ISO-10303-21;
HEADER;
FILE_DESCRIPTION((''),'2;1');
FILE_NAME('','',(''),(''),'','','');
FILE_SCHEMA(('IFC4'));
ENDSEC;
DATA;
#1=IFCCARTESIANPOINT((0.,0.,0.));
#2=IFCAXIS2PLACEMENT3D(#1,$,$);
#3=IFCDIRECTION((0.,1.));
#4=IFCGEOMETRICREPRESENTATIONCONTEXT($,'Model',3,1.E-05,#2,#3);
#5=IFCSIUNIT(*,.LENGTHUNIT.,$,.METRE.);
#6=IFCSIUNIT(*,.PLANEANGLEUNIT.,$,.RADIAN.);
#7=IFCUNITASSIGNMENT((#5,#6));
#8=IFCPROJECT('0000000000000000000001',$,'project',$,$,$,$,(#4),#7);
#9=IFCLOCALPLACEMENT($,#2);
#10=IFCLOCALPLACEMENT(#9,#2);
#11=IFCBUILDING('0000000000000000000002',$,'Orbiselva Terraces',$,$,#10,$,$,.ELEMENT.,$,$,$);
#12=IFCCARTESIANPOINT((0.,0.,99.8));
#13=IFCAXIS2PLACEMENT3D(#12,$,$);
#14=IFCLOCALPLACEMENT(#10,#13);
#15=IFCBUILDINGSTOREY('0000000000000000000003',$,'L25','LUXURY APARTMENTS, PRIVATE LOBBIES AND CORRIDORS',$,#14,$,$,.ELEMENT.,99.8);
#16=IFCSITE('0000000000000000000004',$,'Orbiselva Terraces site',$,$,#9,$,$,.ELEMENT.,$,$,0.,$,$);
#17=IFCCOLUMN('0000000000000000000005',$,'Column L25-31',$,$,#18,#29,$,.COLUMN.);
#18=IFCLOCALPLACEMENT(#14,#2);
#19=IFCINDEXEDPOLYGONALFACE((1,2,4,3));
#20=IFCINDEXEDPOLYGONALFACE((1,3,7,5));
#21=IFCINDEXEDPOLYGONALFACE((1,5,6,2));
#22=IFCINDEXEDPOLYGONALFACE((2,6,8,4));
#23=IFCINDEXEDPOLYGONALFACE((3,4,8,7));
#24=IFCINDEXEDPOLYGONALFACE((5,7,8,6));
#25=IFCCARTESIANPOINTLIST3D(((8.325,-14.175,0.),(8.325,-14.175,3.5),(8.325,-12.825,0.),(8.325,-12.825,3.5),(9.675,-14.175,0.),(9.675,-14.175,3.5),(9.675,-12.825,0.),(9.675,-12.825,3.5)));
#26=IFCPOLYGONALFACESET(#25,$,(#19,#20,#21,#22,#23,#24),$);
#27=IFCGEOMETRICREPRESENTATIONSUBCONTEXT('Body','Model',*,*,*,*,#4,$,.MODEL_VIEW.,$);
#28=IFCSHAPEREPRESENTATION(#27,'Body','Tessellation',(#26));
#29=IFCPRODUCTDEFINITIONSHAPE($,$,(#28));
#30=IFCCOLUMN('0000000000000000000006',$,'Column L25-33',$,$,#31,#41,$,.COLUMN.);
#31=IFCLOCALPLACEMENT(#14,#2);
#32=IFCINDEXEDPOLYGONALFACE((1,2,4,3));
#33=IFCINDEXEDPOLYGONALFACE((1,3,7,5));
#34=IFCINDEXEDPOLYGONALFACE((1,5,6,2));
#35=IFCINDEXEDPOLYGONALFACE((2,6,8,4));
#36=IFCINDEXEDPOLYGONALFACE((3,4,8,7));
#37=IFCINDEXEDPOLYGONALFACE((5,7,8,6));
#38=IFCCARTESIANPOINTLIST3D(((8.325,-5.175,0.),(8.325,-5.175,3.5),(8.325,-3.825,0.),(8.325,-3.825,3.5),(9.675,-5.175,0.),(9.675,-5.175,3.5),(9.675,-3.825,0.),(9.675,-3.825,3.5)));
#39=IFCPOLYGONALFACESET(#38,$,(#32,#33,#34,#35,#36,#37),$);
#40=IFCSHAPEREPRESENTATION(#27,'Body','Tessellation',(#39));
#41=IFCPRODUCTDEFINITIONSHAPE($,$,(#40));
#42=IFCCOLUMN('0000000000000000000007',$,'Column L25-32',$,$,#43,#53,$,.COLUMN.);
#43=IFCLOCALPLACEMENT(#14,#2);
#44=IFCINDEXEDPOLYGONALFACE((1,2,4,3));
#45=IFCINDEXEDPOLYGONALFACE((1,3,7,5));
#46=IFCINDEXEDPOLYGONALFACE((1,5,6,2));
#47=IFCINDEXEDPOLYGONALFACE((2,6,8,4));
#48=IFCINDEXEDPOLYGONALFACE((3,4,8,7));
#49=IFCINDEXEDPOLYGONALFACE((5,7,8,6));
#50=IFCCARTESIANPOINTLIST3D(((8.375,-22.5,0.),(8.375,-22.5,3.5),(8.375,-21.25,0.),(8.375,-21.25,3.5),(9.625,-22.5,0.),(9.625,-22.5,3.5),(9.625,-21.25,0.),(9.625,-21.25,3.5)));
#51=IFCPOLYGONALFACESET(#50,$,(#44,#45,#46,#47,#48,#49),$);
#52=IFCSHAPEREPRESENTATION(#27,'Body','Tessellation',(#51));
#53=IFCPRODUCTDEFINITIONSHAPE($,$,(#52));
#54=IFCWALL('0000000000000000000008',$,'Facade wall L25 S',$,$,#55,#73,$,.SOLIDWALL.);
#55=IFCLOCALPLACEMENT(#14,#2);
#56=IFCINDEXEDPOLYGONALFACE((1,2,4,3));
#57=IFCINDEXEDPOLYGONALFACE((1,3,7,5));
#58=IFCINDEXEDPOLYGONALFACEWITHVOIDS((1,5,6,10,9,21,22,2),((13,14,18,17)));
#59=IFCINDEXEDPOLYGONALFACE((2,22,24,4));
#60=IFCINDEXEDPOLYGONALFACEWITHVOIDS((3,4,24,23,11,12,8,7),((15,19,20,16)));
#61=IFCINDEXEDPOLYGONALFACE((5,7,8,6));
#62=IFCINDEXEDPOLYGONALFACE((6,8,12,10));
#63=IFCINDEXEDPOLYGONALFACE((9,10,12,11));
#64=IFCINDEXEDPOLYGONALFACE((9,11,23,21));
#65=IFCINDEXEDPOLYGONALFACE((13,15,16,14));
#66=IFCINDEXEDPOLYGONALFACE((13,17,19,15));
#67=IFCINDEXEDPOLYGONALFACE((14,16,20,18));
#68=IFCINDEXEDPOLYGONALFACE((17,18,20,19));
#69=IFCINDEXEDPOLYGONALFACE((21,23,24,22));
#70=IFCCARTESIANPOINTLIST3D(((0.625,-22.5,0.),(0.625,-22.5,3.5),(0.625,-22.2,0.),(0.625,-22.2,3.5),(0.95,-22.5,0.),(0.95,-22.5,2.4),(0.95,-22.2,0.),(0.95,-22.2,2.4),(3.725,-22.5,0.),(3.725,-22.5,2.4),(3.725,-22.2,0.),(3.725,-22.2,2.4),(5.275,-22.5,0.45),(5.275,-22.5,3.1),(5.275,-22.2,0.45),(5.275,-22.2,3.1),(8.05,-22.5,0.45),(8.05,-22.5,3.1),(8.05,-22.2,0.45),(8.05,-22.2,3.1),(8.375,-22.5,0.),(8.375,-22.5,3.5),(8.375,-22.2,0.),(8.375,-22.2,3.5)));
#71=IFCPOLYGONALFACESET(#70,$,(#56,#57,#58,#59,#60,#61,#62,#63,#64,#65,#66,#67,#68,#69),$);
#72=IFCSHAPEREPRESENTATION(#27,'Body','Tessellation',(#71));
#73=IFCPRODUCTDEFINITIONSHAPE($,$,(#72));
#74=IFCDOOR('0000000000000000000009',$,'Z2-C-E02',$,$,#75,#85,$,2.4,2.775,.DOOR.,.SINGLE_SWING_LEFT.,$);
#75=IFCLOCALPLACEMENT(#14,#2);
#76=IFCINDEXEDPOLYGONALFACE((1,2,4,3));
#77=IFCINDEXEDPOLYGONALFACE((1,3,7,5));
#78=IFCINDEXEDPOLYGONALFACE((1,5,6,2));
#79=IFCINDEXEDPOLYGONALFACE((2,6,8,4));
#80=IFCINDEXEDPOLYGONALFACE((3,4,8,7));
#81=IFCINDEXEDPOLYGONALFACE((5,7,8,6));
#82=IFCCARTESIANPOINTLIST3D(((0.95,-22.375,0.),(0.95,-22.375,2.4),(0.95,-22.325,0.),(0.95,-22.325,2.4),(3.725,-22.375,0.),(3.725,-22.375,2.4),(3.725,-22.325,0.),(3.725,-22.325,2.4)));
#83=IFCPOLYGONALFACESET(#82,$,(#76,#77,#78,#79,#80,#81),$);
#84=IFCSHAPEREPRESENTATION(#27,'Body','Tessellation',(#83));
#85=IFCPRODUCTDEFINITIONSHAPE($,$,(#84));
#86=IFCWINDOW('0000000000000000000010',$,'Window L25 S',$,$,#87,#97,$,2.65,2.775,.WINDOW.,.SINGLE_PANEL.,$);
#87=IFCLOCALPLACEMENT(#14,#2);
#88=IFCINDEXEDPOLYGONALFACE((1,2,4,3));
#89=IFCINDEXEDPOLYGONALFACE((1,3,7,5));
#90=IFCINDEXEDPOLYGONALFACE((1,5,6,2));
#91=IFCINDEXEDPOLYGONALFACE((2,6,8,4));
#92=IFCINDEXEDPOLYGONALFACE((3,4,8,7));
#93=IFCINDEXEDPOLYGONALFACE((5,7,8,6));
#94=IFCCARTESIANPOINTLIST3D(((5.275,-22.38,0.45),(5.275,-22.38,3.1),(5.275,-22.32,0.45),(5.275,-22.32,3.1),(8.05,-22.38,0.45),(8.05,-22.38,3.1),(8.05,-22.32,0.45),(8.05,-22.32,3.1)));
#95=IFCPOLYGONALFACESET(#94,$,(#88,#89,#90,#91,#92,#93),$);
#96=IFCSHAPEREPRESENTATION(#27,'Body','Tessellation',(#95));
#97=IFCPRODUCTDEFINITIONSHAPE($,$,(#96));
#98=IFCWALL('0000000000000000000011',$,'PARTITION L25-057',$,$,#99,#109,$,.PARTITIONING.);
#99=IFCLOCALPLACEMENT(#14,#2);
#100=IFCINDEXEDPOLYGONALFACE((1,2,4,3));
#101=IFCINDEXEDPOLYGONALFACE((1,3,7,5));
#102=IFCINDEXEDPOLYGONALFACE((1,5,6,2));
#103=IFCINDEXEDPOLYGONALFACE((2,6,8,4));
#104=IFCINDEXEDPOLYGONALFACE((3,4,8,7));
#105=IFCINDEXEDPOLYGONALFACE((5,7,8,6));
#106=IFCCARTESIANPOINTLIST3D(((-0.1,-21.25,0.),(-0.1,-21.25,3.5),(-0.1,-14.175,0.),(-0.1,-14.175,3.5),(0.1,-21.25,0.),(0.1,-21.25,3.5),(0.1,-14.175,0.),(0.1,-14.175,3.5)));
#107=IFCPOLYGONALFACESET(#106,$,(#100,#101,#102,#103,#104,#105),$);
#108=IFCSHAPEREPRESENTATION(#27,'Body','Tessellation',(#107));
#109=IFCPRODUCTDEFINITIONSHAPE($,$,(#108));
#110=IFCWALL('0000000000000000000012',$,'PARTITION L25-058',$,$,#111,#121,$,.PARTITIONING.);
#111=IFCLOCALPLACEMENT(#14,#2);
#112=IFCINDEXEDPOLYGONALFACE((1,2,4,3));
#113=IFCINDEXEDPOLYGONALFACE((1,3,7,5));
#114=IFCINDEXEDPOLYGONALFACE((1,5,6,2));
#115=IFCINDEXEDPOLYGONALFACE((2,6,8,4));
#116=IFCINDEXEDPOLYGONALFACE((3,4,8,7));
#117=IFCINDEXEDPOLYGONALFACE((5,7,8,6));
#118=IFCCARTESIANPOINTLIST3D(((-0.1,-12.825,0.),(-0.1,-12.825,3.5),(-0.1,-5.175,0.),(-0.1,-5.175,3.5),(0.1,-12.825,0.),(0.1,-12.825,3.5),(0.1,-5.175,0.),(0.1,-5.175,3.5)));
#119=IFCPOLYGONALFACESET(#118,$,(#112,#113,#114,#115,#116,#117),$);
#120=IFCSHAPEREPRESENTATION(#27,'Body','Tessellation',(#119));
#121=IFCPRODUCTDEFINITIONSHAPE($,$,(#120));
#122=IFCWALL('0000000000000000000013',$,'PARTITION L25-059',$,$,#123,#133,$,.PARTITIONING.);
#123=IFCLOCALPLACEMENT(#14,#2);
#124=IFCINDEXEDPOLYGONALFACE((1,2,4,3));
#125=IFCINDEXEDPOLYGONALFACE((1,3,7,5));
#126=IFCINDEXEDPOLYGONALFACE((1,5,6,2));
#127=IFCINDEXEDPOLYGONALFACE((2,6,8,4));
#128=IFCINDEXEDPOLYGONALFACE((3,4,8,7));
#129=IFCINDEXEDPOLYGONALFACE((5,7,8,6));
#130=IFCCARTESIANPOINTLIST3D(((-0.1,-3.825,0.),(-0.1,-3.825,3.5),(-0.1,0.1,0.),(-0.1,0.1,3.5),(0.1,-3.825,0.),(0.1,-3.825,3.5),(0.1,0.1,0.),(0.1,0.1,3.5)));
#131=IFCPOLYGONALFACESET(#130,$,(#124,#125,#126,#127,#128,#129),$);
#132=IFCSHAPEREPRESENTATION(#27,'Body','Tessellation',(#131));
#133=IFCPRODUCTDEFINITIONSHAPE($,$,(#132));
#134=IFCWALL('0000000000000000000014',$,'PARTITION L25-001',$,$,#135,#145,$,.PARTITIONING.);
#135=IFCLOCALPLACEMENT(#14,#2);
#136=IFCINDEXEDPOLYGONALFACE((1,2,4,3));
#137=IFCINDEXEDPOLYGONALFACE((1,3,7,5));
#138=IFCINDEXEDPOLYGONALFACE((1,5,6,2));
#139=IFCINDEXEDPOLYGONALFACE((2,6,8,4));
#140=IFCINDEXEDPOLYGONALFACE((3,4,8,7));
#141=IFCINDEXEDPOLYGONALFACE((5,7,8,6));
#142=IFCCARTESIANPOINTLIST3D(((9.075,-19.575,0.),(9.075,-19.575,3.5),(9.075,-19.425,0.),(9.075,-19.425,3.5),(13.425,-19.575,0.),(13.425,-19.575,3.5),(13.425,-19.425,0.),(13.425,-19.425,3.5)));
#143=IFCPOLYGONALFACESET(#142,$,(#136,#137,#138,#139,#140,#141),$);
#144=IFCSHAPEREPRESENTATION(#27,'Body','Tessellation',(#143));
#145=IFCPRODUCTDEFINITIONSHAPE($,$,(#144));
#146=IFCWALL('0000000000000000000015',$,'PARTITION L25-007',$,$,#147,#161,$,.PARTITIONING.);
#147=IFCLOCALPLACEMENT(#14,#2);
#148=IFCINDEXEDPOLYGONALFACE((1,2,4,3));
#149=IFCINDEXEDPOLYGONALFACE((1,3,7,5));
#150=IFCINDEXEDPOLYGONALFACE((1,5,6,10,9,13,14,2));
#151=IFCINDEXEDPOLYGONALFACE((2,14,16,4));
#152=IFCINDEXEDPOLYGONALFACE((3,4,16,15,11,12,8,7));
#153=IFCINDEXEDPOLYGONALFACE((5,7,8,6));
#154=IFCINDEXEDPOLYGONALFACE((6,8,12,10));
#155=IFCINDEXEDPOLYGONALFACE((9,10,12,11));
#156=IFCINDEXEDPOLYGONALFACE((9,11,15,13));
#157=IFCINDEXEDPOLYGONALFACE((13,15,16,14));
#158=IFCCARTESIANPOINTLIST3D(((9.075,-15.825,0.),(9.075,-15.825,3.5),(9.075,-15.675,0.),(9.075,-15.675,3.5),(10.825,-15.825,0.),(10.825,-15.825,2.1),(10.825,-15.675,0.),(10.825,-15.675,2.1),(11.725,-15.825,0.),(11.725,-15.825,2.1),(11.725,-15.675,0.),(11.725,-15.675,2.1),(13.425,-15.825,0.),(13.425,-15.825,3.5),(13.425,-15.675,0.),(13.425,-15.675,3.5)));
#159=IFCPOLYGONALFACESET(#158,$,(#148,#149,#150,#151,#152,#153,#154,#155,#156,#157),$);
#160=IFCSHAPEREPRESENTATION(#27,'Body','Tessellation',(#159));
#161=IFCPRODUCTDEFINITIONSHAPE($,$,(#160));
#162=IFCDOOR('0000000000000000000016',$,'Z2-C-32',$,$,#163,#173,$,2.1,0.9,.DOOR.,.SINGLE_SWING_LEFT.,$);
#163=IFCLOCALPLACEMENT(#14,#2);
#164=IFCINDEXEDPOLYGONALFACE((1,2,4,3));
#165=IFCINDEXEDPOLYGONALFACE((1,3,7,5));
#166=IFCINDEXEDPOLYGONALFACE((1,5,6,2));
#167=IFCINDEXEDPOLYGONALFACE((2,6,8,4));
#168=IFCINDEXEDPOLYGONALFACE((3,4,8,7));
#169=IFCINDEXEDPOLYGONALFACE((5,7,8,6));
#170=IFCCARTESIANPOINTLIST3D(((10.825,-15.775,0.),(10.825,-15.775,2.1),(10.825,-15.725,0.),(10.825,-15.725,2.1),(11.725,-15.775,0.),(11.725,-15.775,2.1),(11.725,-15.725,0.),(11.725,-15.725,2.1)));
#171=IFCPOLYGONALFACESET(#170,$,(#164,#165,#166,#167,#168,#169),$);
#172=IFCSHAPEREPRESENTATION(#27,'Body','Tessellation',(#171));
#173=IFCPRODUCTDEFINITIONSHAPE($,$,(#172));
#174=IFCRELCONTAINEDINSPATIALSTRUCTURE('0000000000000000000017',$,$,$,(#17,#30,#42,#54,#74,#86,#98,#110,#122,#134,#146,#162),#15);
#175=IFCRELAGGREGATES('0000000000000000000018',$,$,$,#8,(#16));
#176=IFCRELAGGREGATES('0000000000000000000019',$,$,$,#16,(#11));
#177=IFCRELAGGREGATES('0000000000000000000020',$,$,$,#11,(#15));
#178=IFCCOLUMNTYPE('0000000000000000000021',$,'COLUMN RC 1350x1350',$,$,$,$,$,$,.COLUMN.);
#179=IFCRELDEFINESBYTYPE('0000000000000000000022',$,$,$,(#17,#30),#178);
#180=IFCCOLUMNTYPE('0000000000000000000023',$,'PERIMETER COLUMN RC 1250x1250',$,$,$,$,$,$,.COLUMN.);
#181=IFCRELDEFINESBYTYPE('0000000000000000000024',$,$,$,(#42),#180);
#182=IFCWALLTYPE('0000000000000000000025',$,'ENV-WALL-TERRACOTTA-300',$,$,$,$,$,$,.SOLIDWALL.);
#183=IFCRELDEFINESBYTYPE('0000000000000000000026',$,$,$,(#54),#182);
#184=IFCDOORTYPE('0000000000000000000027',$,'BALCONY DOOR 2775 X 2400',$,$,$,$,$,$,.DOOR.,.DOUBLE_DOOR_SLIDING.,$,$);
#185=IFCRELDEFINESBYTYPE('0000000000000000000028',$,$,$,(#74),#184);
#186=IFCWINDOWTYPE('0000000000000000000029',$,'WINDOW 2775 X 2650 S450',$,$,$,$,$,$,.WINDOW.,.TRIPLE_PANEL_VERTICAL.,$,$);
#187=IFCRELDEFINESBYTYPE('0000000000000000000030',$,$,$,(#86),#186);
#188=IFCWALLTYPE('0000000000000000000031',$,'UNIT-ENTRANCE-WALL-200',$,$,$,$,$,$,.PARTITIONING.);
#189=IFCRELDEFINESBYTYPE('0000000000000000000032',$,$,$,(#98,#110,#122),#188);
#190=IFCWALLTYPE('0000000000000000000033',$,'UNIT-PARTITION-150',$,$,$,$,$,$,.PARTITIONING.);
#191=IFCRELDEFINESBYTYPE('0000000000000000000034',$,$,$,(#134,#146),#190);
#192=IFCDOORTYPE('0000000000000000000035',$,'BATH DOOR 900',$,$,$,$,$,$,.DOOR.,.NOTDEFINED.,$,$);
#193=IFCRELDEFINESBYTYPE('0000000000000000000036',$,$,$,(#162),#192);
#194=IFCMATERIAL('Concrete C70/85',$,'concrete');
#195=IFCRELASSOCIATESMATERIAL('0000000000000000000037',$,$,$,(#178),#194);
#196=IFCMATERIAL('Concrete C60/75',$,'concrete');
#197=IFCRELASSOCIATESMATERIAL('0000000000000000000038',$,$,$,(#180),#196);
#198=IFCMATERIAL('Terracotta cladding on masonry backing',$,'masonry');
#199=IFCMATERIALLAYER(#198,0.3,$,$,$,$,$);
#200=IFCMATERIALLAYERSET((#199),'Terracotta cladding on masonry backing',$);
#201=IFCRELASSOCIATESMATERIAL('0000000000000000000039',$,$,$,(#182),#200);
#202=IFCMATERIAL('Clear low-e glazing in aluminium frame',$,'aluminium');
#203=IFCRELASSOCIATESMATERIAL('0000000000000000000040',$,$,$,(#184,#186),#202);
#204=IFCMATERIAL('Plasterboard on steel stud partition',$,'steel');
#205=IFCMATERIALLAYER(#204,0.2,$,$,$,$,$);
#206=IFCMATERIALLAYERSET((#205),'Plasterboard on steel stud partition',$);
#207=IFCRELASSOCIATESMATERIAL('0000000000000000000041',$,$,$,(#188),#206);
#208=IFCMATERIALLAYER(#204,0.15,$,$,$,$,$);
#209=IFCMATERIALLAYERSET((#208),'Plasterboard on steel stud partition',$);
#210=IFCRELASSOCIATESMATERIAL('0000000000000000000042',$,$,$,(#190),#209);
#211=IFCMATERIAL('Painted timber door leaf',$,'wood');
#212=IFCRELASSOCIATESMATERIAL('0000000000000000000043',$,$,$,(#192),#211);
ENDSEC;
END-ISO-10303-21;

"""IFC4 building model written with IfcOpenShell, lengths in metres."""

from ifc_helpers import new_model, si_unit, direction, frame, frame_2d, origin, origin_2d, place, context, subcontext, project, spatial, rectangle, extrude, material, layer, layer_set, material_profile, profile_set, type_object, element, fill, save


model = new_model("IFC4")

# Units and contexts
model_context = context("Model", 3, precision=1e-05, world=origin(), true_north=direction((0.0, 1.0)))
body_context = subcontext(model_context, "Body", "Model", "MODEL_VIEW")
ifc_project = project(units=[si_unit("LENGTHUNIT", "METRE"), si_unit("PLANEANGLEUNIT", "RADIAN")], contexts=[model_context])

# Site, building, storey
site_placement = place(None, origin())
site = spatial("IfcSite", under=ifc_project, at=site_placement, Name="Orbiselva Terraces site", CompositionType="ELEMENT", RefElevation=0.0)
building_placement = place(site_placement, origin())
building = spatial("IfcBuilding", under=site, at=building_placement, Name="Orbiselva Terraces", CompositionType="ELEMENT")
storey_placement = place(building_placement, frame((0.0, 0.0, 99.8)))
storey = spatial("IfcBuildingStorey", under=building, at=storey_placement, Name="L25", Description="LUXURY APARTMENTS, PRIVATE LOBBIES AND CORRIDORS", CompositionType="ELEMENT", Elevation=99.8)

# Columns
ifc_material_1 = material(Name="Concrete C70/85", Category="concrete")
ifc_material_profile_1 = material_profile(ifc_material_1, rectangle(XDim=1.35, YDim=1.35, at=origin_2d()), Name="RC 1350x1350")
ifc_profile_set_1 = profile_set([ifc_material_profile_1], Name="Concrete C70/85")
column_type_1 = type_object("IfcColumnType", Name="COLUMN RC 1350x1350", PredefinedType="COLUMN", material=ifc_profile_set_1)
for number, where, z_axis, x_axis, name in (
    (1, (9.0, -13.5, 0.0), (0.0, 0.0, 1.0), (1.0, 0.0, 0.0), "Column L25-31"),
    (2, (9.0, -4.5, 0.0), (0.0, 0.0, 1.0), (1.0, 0.0, 0.0), "Column L25-33"),
):
    element("IfcColumn", number, at=place(storey_placement, frame(where, z_axis=z_axis, x_axis=x_axis)), inside=storey, type_object=column_type_1, Name=name, PredefinedType="COLUMN", context=body_context, shape_type="SweptSolid", body=[
        extrude(rectangle(XDim=1.35, YDim=1.35, at=origin_2d()), origin(), (0.0, 0.0, 1.0), 3.5),
    ])
ifc_material_2 = material(Name="Concrete C60/75", Category="concrete")
ifc_material_profile_2 = material_profile(ifc_material_2, rectangle(XDim=1.25, YDim=1.25, at=origin_2d()), Name="RC 1250x1250")
ifc_profile_set_2 = profile_set([ifc_material_profile_2], Name="Concrete C60/75")
column_type_2 = type_object("IfcColumnType", Name="PERIMETER COLUMN RC 1250x1250", PredefinedType="COLUMN", material=ifc_profile_set_2)
column_placement = place(storey_placement, frame((9.0, -21.875, 0.0), z_axis=(0.0, 0.0, 1.0), x_axis=(1.0, 0.0, 0.0)))
element("IfcColumn", 3, at=column_placement, inside=storey, type_object=column_type_2, Name="Column L25-32", PredefinedType="COLUMN", context=body_context, shape_type="SweptSolid", body=[
    extrude(rectangle(XDim=1.25, YDim=1.25, at=origin_2d()), origin(), (0.0, 0.0, 1.0), 3.5),
])

# Wall, openings, door, window
ifc_material_3 = material(Name="Terracotta cladding on masonry backing", Category="masonry")
ifc_layer_1 = layer(ifc_material_3, 0.3)
ifc_layer_set_1 = layer_set([ifc_layer_1], Name="Terracotta cladding on masonry backing")
wall_type_1 = type_object("IfcWallType", Name="ENV-WALL-TERRACOTTA-300", PredefinedType="SOLIDWALL", material=ifc_layer_set_1)
wall_1_placement = place(storey_placement, frame((8.375, -22.35, 0.0), z_axis=(0.0, 0.0, 1.0), x_axis=(-1.0, 0.0, 0.0)))
wall_1 = element("IfcWall", 4, at=wall_1_placement, inside=storey, type_object=wall_type_1, Name="Facade wall L25 S", PredefinedType="SOLIDWALL", context=body_context, shape_type="SweptSolid", body=[
    extrude(rectangle(XDim=7.75, YDim=0.3, at=frame_2d((3.875, 0.0))), origin(), (0.0, 0.0, 1.0), 3.5),
])
opening_1_placement = place(wall_1_placement, frame((4.65, 0.0, 0.0)))
opening_1 = element("IfcOpeningElement", 5, at=opening_1_placement, cuts=wall_1, PredefinedType="OPENING", context=body_context, shape_type="SweptSolid", body=[
    extrude(rectangle(XDim=2.775, YDim=2.4, at=frame_2d((1.3875, 1.2))), frame((0.0, 0.16, 0.0), z_axis=(0.0, -1.0, 0.0), x_axis=(1.0, 0.0, 0.0)), (0.0, 0.0, 1.0), 0.32),
])
opening_2_placement = place(wall_1_placement, frame((0.325, 0.0, 0.45)))
opening_2 = element("IfcOpeningElement", 6, at=opening_2_placement, cuts=wall_1, PredefinedType="OPENING", context=body_context, shape_type="SweptSolid", body=[
    extrude(rectangle(XDim=2.775, YDim=2.65, at=frame_2d((1.3875, 1.325))), frame((0.0, 0.16, 0.0), z_axis=(0.0, -1.0, 0.0), x_axis=(1.0, 0.0, 0.0)), (0.0, 0.0, 1.0), 0.32),
])
ifc_material_4 = material(Name="Clear low-e glazing in aluminium frame", Category="aluminium")
door_type_1 = type_object("IfcDoorType", Name="BALCONY DOOR 2775 X 2400", OperationType="DOUBLE_DOOR_SLIDING", PredefinedType="DOOR", material=ifc_material_4)
door_1_placement = place(opening_1_placement, origin())
door_1 = element("IfcDoor", 7, at=door_1_placement, inside=storey, type_object=door_type_1, Name="Z2-C-E02", OperationType="SINGLE_SWING_LEFT", OverallHeight=2.4, OverallWidth=2.775, PredefinedType="DOOR", context=body_context, shape_type="SweptSolid", body=[
    extrude(rectangle(XDim=2.775, YDim=2.4, at=frame_2d((1.3875, 1.2))), frame((0.0, 0.025, 0.0), z_axis=(0.0, -1.0, 0.0), x_axis=(1.0, 0.0, 0.0)), (0.0, 0.0, 1.0), 0.05),
])
fill(opening_1, door_1)
window_type = type_object("IfcWindowType", Name="WINDOW 2775 X 2650 S450", PartitioningType="TRIPLE_PANEL_VERTICAL", PredefinedType="WINDOW", material=ifc_material_4)
window_placement = place(opening_2_placement, origin())
window = element("IfcWindow", 8, at=window_placement, inside=storey, type_object=window_type, Name="Window L25 S", OverallHeight=2.65, OverallWidth=2.775, PartitioningType="SINGLE_PANEL", PredefinedType="WINDOW", context=body_context, shape_type="SweptSolid", body=[
    extrude(rectangle(XDim=2.775, YDim=2.65, at=frame_2d((1.3875, 1.325))), frame((0.0, 0.03, 0.0), z_axis=(0.0, -1.0, 0.0), x_axis=(1.0, 0.0, 0.0)), (0.0, 0.0, 1.0), 0.06),
])
fill(opening_2, window)

# Walls
ifc_material_5 = material(Name="Plasterboard on steel stud partition", Category="steel")
ifc_layer_2 = layer(ifc_material_5, 0.2)
ifc_layer_set_2 = layer_set([ifc_layer_2], Name="Plasterboard on steel stud partition")
wall_type_2 = type_object("IfcWallType", Name="UNIT-ENTRANCE-WALL-200", PredefinedType="PARTITIONING", material=ifc_layer_set_2)
wall_2_placement = place(storey_placement, frame((0.0, -21.25, 0.0), z_axis=(0.0, 0.0, 1.0), x_axis=(0.0, 1.0, 0.0)))
element("IfcWall", 9, at=wall_2_placement, inside=storey, type_object=wall_type_2, Name="PARTITION L25-057", PredefinedType="PARTITIONING", context=body_context, shape_type="SweptSolid", body=[
    extrude(rectangle(XDim=7.075, YDim=0.2, at=frame_2d((3.5375, 0.0))), origin(), (0.0, 0.0, 1.0), 3.5),
])
wall_3_placement = place(storey_placement, frame((0.0, -12.825, 0.0), z_axis=(0.0, 0.0, 1.0), x_axis=(0.0, 1.0, 0.0)))
element("IfcWall", 10, at=wall_3_placement, inside=storey, type_object=wall_type_2, Name="PARTITION L25-058", PredefinedType="PARTITIONING", context=body_context, shape_type="SweptSolid", body=[
    extrude(rectangle(XDim=7.65, YDim=0.2, at=frame_2d((3.825, 0.0))), origin(), (0.0, 0.0, 1.0), 3.5),
])
wall_4_placement = place(storey_placement, frame((0.0, -3.825, 0.0), z_axis=(0.0, 0.0, 1.0), x_axis=(0.0, 1.0, 0.0)))
element("IfcWall", 11, at=wall_4_placement, inside=storey, type_object=wall_type_2, Name="PARTITION L25-059", PredefinedType="PARTITIONING", context=body_context, shape_type="SweptSolid", body=[
    extrude(rectangle(XDim=3.925, YDim=0.2, at=frame_2d((1.9625, 0.0))), origin(), (0.0, 0.0, 1.0), 3.5),
])
ifc_layer_3 = layer(ifc_material_5, 0.15)
ifc_layer_set_3 = layer_set([ifc_layer_3], Name="Plasterboard on steel stud partition")
wall_type_3 = type_object("IfcWallType", Name="UNIT-PARTITION-150", PredefinedType="PARTITIONING", material=ifc_layer_set_3)
wall_5_placement = place(storey_placement, frame((9.075, -19.5, 0.0), z_axis=(0.0, 0.0, 1.0), x_axis=(1.0, 0.0, 0.0)))
element("IfcWall", 12, at=wall_5_placement, inside=storey, type_object=wall_type_3, Name="PARTITION L25-001", PredefinedType="PARTITIONING", context=body_context, shape_type="SweptSolid", body=[
    extrude(rectangle(XDim=4.35, YDim=0.15, at=frame_2d((2.175, 0.0))), origin(), (0.0, 0.0, 1.0), 3.5),
])

# Wall, opening, door
wall_6_placement = place(storey_placement, frame((13.425, -15.75, 0.0), z_axis=(0.0, 0.0, 1.0), x_axis=(-1.0, 0.0, 0.0)))
wall_6 = element("IfcWall", 13, at=wall_6_placement, inside=storey, type_object=wall_type_3, Name="PARTITION L25-007", PredefinedType="PARTITIONING", context=body_context, shape_type="SweptSolid", body=[
    extrude(rectangle(XDim=4.35, YDim=0.15, at=frame_2d((2.175, 0.0))), origin(), (0.0, 0.0, 1.0), 3.5),
])
opening_3_placement = place(wall_6_placement, frame((1.7, 0.0, 0.0)))
opening_3 = element("IfcOpeningElement", 14, at=opening_3_placement, cuts=wall_6, PredefinedType="OPENING", context=body_context, shape_type="SweptSolid", body=[
    extrude(rectangle(XDim=0.9, YDim=2.1, at=frame_2d((0.45, 1.05))), frame((0.0, 0.085, 0.0), z_axis=(0.0, -1.0, 0.0), x_axis=(1.0, 0.0, 0.0)), (0.0, 0.0, 1.0), 0.17),
])
ifc_material_6 = material(Name="Painted timber door leaf", Category="wood")
door_type_2 = type_object("IfcDoorType", Name="BATH DOOR 900", OperationType="NOTDEFINED", PredefinedType="DOOR", material=ifc_material_6)
door_2_placement = place(opening_3_placement, origin())
door_2 = element("IfcDoor", 15, at=door_2_placement, inside=storey, type_object=door_type_2, Name="Z2-C-32", OperationType="SINGLE_SWING_LEFT", OverallHeight=2.1, OverallWidth=0.9, PredefinedType="DOOR", context=body_context, shape_type="SweptSolid", body=[
    extrude(rectangle(XDim=0.9, YDim=2.1, at=frame_2d((0.45, 1.05))), frame((0.0, 0.025, 0.0), z_axis=(0.0, -1.0, 0.0), x_axis=(1.0, 0.0, 0.0)), (0.0, 0.0, 1.0), 0.05),
])
fill(opening_3, door_2)

save(model, "model.ifc")
